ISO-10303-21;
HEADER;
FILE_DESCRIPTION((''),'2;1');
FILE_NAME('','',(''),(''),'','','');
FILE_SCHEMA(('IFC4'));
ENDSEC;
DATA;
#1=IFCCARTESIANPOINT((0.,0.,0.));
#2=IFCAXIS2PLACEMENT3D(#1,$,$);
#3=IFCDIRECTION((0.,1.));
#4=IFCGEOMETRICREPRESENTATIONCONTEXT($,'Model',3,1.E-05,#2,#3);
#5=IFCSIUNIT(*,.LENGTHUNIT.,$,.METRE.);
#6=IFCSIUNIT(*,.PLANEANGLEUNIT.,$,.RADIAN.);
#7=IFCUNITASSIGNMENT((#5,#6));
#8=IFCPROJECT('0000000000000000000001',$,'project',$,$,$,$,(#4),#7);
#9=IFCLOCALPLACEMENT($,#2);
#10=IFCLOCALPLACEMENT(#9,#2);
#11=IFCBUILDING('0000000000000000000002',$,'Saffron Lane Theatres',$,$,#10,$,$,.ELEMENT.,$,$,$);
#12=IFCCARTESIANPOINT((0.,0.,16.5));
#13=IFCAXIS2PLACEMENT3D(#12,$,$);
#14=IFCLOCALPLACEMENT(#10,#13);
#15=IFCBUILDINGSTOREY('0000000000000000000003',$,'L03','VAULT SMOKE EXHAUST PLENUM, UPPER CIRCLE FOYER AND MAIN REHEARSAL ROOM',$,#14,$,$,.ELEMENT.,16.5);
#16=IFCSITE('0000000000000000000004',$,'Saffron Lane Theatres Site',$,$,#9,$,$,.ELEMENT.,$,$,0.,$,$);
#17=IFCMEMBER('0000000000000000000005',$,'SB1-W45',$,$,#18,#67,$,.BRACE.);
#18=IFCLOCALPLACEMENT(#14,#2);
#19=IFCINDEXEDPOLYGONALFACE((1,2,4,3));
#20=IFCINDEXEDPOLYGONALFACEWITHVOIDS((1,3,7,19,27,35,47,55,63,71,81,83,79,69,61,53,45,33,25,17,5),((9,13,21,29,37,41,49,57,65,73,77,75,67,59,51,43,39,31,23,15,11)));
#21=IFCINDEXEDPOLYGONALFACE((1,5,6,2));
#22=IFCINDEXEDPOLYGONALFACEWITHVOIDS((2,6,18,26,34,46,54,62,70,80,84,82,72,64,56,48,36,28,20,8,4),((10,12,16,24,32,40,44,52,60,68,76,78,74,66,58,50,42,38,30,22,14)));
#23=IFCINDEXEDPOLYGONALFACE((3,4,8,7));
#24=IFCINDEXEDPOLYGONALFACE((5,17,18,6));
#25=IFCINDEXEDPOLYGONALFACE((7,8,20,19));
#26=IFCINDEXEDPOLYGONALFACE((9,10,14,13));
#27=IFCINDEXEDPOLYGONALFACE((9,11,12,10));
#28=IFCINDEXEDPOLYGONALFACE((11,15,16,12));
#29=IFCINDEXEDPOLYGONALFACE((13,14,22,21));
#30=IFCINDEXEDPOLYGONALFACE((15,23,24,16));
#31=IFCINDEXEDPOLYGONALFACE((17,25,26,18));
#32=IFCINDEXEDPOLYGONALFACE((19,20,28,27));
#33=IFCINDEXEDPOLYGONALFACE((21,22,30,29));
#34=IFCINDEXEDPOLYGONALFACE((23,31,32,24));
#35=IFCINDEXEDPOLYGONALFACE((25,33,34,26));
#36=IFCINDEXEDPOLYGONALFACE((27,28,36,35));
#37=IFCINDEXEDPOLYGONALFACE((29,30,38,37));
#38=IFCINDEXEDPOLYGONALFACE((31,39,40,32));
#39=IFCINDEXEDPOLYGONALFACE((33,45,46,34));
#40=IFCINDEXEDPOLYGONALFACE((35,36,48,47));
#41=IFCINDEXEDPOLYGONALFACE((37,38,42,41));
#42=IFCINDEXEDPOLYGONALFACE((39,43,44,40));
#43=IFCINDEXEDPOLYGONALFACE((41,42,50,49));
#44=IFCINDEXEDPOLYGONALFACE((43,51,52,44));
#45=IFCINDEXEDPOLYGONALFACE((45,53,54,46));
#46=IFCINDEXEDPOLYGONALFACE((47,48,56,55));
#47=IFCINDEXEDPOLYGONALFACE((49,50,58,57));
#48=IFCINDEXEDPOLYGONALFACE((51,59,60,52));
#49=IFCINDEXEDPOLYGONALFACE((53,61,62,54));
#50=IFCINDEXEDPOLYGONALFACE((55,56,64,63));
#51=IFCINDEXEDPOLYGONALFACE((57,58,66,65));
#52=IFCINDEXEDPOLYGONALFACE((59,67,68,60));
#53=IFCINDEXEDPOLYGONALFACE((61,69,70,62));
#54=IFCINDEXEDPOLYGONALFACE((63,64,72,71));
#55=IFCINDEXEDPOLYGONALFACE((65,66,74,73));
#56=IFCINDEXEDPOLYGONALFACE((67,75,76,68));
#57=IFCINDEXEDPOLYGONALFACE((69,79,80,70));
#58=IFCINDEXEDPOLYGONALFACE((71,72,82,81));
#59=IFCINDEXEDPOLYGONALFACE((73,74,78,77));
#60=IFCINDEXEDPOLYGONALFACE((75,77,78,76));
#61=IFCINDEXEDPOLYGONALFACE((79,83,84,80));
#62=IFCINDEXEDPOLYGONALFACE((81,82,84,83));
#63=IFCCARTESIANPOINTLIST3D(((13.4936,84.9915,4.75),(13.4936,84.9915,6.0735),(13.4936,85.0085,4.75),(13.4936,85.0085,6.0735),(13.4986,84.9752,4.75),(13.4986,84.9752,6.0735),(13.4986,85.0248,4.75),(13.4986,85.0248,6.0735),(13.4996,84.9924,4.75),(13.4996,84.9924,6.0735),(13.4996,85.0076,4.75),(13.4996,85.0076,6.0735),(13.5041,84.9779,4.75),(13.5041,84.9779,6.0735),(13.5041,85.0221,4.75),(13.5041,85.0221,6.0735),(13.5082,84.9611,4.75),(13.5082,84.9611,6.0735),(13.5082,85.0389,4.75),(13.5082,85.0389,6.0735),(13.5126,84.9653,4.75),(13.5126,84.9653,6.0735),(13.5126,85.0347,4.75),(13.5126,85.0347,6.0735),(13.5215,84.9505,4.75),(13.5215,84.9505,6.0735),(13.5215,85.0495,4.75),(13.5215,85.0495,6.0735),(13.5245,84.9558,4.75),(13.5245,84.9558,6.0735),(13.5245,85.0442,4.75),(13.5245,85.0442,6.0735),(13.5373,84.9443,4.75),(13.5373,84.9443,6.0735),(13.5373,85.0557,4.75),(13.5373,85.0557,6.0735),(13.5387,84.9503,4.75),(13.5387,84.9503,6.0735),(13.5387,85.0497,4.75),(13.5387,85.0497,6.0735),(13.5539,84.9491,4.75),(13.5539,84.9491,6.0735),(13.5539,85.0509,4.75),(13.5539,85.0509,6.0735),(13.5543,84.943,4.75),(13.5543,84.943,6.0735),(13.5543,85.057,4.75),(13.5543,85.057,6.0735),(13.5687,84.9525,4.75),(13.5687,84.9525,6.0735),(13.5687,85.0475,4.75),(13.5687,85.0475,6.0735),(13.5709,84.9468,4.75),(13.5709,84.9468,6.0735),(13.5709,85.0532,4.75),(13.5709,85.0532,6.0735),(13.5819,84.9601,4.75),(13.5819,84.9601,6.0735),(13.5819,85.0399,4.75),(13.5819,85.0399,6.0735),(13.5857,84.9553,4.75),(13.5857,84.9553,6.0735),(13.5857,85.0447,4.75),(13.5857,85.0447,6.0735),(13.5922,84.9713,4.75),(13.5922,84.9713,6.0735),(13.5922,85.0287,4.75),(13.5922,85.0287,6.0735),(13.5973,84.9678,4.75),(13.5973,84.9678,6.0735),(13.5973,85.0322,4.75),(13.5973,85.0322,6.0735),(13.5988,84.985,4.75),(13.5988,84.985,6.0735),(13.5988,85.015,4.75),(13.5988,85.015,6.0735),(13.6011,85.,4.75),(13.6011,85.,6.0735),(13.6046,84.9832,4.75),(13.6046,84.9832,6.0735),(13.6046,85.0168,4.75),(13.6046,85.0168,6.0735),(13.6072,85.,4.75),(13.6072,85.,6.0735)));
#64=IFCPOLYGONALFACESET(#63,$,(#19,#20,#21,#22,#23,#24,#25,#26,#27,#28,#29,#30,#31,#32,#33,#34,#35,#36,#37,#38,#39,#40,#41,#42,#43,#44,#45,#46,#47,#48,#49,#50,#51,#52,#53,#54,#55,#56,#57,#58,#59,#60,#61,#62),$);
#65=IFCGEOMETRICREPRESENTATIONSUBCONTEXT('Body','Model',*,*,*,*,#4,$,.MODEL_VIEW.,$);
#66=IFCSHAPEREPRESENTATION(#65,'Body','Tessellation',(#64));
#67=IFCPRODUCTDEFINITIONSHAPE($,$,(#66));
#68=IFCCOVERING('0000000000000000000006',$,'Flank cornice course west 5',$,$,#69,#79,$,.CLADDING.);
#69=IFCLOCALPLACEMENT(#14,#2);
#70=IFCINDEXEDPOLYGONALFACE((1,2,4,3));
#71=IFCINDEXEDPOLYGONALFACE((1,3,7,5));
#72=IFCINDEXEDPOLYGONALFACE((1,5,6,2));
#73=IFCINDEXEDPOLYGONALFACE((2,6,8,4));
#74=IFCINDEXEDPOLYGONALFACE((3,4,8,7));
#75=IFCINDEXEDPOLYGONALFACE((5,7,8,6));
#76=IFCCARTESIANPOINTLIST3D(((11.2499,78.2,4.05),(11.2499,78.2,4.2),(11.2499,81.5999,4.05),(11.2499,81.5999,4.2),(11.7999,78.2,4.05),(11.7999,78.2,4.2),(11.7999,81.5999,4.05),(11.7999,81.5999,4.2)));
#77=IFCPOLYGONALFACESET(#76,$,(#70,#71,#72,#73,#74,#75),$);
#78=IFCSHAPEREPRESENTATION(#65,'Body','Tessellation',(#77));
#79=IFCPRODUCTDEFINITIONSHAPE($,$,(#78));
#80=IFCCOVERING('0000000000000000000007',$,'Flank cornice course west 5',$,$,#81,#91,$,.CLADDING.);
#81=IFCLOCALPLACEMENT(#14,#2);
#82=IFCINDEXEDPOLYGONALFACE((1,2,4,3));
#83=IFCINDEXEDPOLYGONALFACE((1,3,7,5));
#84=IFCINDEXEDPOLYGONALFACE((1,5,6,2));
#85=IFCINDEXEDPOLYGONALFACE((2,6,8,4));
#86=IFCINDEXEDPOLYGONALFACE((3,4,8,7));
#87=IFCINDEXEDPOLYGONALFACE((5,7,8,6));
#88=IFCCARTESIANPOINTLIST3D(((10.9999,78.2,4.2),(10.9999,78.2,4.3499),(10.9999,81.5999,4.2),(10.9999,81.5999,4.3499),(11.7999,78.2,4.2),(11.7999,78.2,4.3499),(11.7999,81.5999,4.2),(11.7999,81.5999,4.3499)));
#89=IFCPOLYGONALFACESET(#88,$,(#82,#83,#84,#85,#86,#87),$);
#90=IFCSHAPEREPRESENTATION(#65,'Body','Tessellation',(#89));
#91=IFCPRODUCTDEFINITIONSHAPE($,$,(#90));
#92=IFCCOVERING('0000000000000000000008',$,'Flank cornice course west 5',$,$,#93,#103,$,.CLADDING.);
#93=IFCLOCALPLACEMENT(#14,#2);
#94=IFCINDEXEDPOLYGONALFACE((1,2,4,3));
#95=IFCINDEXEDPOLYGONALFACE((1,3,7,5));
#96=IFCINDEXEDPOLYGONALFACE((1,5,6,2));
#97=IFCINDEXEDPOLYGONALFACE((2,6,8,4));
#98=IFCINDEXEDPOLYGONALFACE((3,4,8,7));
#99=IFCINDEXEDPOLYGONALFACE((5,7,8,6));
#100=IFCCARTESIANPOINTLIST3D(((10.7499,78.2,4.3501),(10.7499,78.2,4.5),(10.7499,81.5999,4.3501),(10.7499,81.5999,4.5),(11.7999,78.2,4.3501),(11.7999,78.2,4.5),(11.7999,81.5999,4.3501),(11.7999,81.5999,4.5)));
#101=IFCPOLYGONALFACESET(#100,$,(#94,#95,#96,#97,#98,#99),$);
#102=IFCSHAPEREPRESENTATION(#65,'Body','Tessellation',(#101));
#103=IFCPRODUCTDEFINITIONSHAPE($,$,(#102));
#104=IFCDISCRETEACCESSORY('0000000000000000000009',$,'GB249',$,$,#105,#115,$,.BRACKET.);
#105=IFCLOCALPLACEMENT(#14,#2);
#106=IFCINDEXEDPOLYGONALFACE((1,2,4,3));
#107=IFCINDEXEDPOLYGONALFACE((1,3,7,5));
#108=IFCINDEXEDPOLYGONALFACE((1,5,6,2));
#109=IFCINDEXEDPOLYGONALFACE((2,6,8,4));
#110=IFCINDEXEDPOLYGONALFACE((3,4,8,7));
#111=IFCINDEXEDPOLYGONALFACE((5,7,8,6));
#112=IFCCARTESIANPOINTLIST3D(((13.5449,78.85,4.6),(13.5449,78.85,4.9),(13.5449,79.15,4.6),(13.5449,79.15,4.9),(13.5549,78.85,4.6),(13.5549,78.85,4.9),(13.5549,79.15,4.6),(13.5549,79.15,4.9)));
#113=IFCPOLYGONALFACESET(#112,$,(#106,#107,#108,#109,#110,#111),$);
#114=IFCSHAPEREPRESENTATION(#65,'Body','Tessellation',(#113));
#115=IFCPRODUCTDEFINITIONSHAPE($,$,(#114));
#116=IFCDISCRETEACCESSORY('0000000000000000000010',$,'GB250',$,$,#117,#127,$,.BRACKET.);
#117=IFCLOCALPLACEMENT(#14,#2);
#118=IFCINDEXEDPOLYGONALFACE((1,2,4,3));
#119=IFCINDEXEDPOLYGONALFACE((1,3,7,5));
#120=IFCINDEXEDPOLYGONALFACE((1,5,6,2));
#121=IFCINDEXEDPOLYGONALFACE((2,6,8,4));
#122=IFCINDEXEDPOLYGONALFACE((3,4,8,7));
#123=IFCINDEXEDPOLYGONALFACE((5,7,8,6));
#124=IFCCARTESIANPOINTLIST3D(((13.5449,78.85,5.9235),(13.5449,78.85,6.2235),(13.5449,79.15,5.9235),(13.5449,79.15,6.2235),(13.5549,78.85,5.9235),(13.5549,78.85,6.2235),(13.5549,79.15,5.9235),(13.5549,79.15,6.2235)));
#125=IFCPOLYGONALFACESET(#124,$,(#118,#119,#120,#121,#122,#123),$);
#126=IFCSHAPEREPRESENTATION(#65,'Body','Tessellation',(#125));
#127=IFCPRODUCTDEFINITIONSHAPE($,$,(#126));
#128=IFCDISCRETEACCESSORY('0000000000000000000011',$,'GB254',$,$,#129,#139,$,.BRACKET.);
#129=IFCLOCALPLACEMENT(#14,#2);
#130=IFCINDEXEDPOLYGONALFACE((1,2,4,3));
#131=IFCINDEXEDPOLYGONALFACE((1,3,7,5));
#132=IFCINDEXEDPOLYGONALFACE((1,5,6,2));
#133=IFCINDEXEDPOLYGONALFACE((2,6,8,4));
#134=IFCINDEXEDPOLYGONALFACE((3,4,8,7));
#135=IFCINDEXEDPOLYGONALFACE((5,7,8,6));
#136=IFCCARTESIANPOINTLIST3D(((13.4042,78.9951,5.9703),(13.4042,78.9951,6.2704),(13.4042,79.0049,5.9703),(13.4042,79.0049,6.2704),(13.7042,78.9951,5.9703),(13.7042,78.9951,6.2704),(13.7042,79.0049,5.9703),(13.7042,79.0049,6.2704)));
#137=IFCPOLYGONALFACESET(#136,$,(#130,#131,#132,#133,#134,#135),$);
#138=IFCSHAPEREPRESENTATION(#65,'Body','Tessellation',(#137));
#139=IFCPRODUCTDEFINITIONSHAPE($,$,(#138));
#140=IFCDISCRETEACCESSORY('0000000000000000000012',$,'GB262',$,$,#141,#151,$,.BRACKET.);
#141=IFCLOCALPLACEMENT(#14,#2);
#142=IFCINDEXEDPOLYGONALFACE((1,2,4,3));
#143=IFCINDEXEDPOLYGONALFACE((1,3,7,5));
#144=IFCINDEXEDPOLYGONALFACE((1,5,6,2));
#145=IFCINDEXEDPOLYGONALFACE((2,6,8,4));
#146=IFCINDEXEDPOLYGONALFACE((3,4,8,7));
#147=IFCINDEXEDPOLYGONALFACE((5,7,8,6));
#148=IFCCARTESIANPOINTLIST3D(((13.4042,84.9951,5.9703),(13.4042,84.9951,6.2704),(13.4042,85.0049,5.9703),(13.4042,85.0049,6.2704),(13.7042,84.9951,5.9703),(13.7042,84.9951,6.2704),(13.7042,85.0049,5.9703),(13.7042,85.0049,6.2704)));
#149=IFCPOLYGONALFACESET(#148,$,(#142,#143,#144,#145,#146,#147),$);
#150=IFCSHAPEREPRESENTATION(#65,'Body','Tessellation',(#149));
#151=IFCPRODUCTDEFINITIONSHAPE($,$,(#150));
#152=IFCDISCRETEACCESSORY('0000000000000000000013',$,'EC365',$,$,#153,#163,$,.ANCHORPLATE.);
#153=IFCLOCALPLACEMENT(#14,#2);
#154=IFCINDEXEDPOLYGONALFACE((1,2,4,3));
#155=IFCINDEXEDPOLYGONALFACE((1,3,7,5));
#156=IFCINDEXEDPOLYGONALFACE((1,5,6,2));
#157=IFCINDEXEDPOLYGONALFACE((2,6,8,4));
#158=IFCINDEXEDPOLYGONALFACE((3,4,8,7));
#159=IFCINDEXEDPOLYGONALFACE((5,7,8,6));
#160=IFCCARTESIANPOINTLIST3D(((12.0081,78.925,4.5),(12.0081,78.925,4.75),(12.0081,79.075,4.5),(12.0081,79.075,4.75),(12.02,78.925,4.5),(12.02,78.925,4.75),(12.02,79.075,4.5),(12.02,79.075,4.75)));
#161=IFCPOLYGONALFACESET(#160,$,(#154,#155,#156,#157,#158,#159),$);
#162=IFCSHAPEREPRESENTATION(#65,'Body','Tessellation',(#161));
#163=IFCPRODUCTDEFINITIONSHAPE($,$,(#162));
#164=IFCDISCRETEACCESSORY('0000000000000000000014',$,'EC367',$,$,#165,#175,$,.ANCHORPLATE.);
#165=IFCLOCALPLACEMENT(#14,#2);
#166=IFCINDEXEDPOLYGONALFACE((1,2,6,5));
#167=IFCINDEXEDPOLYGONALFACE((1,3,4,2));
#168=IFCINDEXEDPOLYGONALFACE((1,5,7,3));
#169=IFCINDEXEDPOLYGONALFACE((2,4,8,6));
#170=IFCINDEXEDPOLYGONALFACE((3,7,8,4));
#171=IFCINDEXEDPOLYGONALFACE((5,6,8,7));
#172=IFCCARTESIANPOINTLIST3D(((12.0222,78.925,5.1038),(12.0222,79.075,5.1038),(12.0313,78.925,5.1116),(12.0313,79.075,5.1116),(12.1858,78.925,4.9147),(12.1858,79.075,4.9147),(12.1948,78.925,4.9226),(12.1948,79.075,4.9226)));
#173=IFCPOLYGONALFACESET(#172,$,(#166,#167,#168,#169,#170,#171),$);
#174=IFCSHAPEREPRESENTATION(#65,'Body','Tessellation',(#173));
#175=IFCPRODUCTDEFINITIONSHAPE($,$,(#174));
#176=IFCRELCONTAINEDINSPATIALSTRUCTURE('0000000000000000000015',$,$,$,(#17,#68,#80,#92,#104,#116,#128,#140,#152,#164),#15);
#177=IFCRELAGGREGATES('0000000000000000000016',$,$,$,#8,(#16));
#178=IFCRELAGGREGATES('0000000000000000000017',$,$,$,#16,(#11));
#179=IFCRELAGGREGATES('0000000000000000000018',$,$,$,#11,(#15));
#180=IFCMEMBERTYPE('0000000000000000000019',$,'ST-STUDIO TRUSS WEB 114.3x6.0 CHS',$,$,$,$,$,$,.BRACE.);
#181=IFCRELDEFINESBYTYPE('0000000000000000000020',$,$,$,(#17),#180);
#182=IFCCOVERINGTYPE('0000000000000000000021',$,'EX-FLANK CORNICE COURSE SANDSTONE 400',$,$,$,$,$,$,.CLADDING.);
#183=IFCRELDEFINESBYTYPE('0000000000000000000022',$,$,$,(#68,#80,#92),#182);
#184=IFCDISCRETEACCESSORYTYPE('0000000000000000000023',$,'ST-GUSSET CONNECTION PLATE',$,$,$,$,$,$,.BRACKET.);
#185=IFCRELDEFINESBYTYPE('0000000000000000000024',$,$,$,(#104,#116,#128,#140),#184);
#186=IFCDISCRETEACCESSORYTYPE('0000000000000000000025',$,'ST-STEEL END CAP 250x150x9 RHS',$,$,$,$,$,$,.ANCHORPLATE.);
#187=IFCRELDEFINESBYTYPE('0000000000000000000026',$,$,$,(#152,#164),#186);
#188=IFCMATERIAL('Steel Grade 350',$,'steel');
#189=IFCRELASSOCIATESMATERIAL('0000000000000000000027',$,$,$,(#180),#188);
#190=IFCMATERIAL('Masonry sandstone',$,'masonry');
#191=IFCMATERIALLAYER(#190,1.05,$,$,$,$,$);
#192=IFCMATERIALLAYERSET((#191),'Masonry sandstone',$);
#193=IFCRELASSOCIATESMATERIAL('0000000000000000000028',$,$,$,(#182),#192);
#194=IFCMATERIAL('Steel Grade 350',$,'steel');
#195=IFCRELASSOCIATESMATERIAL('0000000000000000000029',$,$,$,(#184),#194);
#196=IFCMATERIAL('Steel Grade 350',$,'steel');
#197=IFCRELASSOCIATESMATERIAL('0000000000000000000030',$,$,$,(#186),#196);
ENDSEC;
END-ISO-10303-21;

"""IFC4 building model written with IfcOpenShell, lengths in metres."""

from ifc_helpers import new_model, si_unit, direction, frame, origin, origin_2d, place, context, subcontext, project, spatial, rectangle, hollow_circle, extrude, material, layer, layer_set, material_profile, profile_set, type_object, element, save


model = new_model("IFC4")

# Units and contexts
model_context = context("Model", 3, precision=1e-05, world=origin(), true_north=direction((0.0, 1.0)))
body_context = subcontext(model_context, "Body", "Model", "MODEL_VIEW")
ifc_project = project(units=[si_unit("LENGTHUNIT", "METRE"), si_unit("PLANEANGLEUNIT", "RADIAN")], contexts=[model_context])

# Site, building, storey
site_placement = place(None, origin())
site = spatial("IfcSite", under=ifc_project, at=site_placement, Name="Saffron Lane Theatres Site", CompositionType="ELEMENT", RefElevation=0.0)
building_placement = place(site_placement, origin())
building = spatial("IfcBuilding", under=site, at=building_placement, Name="Saffron Lane Theatres", CompositionType="ELEMENT")
storey_placement = place(building_placement, frame((0.0, 0.0, 16.5)))
storey = spatial("IfcBuildingStorey", under=building, at=storey_placement, Name="L03", Description="VAULT SMOKE EXHAUST PLENUM, UPPER CIRCLE FOYER AND MAIN REHEARSAL ROOM", CompositionType="ELEMENT", Elevation=16.5)

# Member
ifc_material_1 = material(Name="Steel Grade 350", Category="steel")
ifc_material_profile_1 = material_profile(ifc_material_1, hollow_circle(Radius=0.0571, WallThickness=0.0061, at=origin_2d()))
ifc_profile_set_1 = profile_set([ifc_material_profile_1], Name="Steel Grade 350")
member_type_1 = type_object("IfcMemberType", Name="ST-STUDIO TRUSS WEB 114.3x6.0 CHS", PredefinedType="BRACE", material=ifc_profile_set_1)
for number, where, z_axis, x_axis, name in (
    (1, (13.55, 85.0, 4.75), (0.0, 0.0, 1.0), (1.0, 0.0, 0.0), "SB1-W45"),
):
    element("IfcMember", number, at=place(storey_placement, frame(where, z_axis=z_axis, x_axis=x_axis)), inside=storey, type_object=member_type_1, Name=name, PredefinedType="BRACE", context=body_context, shape_type="SweptSolid", body=[
        extrude(hollow_circle(Radius=0.0571, WallThickness=0.0061, at=origin_2d()), origin(), (0.0, 0.0, 1.0), 1.3235),
    ])

# Coverings
ifc_material_2 = material(Name="Masonry sandstone", Category="masonry")
ifc_layer = layer(ifc_material_2, 1.05)
ifc_layer_set = layer_set([ifc_layer], Name="Masonry sandstone")
covering_type = type_object("IfcCoveringType", Name="EX-FLANK CORNICE COURSE SANDSTONE 400", PredefinedType="CLADDING", material=ifc_layer_set)
covering_1_placement = place(storey_placement, frame((11.5249, 79.8999, 4.05), z_axis=(0.0, 0.0, 1.0), x_axis=(0.0, 1.0, 0.0)))
element("IfcCovering", 2, at=covering_1_placement, inside=storey, type_object=covering_type, Name="Flank cornice course west 5", PredefinedType="CLADDING", context=body_context, shape_type="SweptSolid", body=[
    extrude(rectangle(XDim=3.3999, YDim=0.55, at=origin_2d()), origin(), (0.0, 0.0, 1.0), 0.1499),
])
covering_2_placement = place(storey_placement, frame((11.3999, 79.8999, 4.2), z_axis=(0.0, 0.0, 1.0), x_axis=(0.0, 1.0, 0.0)))
element("IfcCovering", 3, at=covering_2_placement, inside=storey, type_object=covering_type, Name="Flank cornice course west 5", PredefinedType="CLADDING", context=body_context, shape_type="SweptSolid", body=[
    extrude(rectangle(XDim=3.3999, YDim=0.8, at=origin_2d()), origin(), (0.0, 0.0, 1.0), 0.1499),
])
covering_3_placement = place(storey_placement, frame((11.2749, 79.8999, 4.3501), z_axis=(0.0, 0.0, 1.0), x_axis=(0.0, 1.0, 0.0)))
element("IfcCovering", 4, at=covering_3_placement, inside=storey, type_object=covering_type, Name="Flank cornice course west 5", PredefinedType="CLADDING", context=body_context, shape_type="SweptSolid", body=[
    extrude(rectangle(XDim=3.3999, YDim=1.05, at=origin_2d()), origin(), (0.0, 0.0, 1.0), 0.1499),
])

# Discrete accessories
ifc_material_3 = material(Name="Steel Grade 350", Category="steel")
ifc_material_profile_2 = material_profile(ifc_material_3, rectangle(XDim=0.3, YDim=0.3, at=origin_2d()))
ifc_profile_set_2 = profile_set([ifc_material_profile_2], Name="Steel Grade 350")
discrete_accessory_type_1 = type_object("IfcDiscreteAccessoryType", Name="ST-GUSSET CONNECTION PLATE", PredefinedType="BRACKET", material=ifc_profile_set_2)
for number, where, z_axis, x_axis, name in (
    (5, (13.5449, 79.0, 4.75), (1.0, 0.0, 0.0), (0.0, 1.0, 0.0), "GB249"),
    (6, (13.5449, 79.0, 6.0735), (1.0, 0.0, 0.0), (0.0, 1.0, 0.0), "GB250"),
):
    element("IfcDiscreteAccessory", number, at=place(storey_placement, frame(where, z_axis=z_axis, x_axis=x_axis)), inside=storey, type_object=discrete_accessory_type_1, Name=name, PredefinedType="BRACKET", context=body_context, shape_type="SweptSolid", body=[
        extrude(rectangle(XDim=0.3, YDim=0.3, at=origin_2d()), origin(), (0.0, 0.0, 1.0), 0.01),
    ])
for number, where, z_axis, x_axis, name in (
    (7, (13.5542, 78.9951, 6.1204), (0.0, 1.0, 0.0), (-1.0, 0.0, 0.0), "GB254"),
    (8, (13.5542, 84.9951, 6.1204), (0.0, 1.0, 0.0), (-1.0, 0.0, 0.0), "GB262"),
):
    element("IfcDiscreteAccessory", number, at=place(storey_placement, frame(where, z_axis=z_axis, x_axis=x_axis)), inside=storey, type_object=discrete_accessory_type_1, Name=name, PredefinedType="BRACKET", context=body_context, shape_type="SweptSolid", body=[
        extrude(rectangle(XDim=0.3, YDim=0.3, at=origin_2d()), origin(), (0.0, 0.0, 1.0), 0.0098),
    ])
ifc_material_4 = material(Name="Steel Grade 350", Category="steel")
ifc_material_profile_3 = material_profile(ifc_material_4, rectangle(XDim=0.1499, YDim=0.25, at=origin_2d()))
ifc_profile_set_3 = profile_set([ifc_material_profile_3], Name="Steel Grade 350")
discrete_accessory_type_2 = type_object("IfcDiscreteAccessoryType", Name="ST-STEEL END CAP 250x150x9 RHS", PredefinedType="ANCHORPLATE", material=ifc_profile_set_3)
for number, where, z_axis, x_axis, name in (
    (9, (12.0081, 79.0, 4.625), (1.0, 0.0, 0.0), (0.0, 1.0, 0.0), "EC365"),
    (10, (12.104, 79.0, 5.0093), (0.756363, 0.0, 0.654152), (0.0, 1.0, 0.0), "EC367"),
):
    element("IfcDiscreteAccessory", number, at=place(storey_placement, frame(where, z_axis=z_axis, x_axis=x_axis)), inside=storey, type_object=discrete_accessory_type_2, Name=name, PredefinedType="ANCHORPLATE", context=body_context, shape_type="SweptSolid", body=[
        extrude(rectangle(XDim=0.1499, YDim=0.25, at=origin_2d()), origin(), (0.0, 0.0, 1.0), 0.012),
    ])

save(model, "model.ifc")
